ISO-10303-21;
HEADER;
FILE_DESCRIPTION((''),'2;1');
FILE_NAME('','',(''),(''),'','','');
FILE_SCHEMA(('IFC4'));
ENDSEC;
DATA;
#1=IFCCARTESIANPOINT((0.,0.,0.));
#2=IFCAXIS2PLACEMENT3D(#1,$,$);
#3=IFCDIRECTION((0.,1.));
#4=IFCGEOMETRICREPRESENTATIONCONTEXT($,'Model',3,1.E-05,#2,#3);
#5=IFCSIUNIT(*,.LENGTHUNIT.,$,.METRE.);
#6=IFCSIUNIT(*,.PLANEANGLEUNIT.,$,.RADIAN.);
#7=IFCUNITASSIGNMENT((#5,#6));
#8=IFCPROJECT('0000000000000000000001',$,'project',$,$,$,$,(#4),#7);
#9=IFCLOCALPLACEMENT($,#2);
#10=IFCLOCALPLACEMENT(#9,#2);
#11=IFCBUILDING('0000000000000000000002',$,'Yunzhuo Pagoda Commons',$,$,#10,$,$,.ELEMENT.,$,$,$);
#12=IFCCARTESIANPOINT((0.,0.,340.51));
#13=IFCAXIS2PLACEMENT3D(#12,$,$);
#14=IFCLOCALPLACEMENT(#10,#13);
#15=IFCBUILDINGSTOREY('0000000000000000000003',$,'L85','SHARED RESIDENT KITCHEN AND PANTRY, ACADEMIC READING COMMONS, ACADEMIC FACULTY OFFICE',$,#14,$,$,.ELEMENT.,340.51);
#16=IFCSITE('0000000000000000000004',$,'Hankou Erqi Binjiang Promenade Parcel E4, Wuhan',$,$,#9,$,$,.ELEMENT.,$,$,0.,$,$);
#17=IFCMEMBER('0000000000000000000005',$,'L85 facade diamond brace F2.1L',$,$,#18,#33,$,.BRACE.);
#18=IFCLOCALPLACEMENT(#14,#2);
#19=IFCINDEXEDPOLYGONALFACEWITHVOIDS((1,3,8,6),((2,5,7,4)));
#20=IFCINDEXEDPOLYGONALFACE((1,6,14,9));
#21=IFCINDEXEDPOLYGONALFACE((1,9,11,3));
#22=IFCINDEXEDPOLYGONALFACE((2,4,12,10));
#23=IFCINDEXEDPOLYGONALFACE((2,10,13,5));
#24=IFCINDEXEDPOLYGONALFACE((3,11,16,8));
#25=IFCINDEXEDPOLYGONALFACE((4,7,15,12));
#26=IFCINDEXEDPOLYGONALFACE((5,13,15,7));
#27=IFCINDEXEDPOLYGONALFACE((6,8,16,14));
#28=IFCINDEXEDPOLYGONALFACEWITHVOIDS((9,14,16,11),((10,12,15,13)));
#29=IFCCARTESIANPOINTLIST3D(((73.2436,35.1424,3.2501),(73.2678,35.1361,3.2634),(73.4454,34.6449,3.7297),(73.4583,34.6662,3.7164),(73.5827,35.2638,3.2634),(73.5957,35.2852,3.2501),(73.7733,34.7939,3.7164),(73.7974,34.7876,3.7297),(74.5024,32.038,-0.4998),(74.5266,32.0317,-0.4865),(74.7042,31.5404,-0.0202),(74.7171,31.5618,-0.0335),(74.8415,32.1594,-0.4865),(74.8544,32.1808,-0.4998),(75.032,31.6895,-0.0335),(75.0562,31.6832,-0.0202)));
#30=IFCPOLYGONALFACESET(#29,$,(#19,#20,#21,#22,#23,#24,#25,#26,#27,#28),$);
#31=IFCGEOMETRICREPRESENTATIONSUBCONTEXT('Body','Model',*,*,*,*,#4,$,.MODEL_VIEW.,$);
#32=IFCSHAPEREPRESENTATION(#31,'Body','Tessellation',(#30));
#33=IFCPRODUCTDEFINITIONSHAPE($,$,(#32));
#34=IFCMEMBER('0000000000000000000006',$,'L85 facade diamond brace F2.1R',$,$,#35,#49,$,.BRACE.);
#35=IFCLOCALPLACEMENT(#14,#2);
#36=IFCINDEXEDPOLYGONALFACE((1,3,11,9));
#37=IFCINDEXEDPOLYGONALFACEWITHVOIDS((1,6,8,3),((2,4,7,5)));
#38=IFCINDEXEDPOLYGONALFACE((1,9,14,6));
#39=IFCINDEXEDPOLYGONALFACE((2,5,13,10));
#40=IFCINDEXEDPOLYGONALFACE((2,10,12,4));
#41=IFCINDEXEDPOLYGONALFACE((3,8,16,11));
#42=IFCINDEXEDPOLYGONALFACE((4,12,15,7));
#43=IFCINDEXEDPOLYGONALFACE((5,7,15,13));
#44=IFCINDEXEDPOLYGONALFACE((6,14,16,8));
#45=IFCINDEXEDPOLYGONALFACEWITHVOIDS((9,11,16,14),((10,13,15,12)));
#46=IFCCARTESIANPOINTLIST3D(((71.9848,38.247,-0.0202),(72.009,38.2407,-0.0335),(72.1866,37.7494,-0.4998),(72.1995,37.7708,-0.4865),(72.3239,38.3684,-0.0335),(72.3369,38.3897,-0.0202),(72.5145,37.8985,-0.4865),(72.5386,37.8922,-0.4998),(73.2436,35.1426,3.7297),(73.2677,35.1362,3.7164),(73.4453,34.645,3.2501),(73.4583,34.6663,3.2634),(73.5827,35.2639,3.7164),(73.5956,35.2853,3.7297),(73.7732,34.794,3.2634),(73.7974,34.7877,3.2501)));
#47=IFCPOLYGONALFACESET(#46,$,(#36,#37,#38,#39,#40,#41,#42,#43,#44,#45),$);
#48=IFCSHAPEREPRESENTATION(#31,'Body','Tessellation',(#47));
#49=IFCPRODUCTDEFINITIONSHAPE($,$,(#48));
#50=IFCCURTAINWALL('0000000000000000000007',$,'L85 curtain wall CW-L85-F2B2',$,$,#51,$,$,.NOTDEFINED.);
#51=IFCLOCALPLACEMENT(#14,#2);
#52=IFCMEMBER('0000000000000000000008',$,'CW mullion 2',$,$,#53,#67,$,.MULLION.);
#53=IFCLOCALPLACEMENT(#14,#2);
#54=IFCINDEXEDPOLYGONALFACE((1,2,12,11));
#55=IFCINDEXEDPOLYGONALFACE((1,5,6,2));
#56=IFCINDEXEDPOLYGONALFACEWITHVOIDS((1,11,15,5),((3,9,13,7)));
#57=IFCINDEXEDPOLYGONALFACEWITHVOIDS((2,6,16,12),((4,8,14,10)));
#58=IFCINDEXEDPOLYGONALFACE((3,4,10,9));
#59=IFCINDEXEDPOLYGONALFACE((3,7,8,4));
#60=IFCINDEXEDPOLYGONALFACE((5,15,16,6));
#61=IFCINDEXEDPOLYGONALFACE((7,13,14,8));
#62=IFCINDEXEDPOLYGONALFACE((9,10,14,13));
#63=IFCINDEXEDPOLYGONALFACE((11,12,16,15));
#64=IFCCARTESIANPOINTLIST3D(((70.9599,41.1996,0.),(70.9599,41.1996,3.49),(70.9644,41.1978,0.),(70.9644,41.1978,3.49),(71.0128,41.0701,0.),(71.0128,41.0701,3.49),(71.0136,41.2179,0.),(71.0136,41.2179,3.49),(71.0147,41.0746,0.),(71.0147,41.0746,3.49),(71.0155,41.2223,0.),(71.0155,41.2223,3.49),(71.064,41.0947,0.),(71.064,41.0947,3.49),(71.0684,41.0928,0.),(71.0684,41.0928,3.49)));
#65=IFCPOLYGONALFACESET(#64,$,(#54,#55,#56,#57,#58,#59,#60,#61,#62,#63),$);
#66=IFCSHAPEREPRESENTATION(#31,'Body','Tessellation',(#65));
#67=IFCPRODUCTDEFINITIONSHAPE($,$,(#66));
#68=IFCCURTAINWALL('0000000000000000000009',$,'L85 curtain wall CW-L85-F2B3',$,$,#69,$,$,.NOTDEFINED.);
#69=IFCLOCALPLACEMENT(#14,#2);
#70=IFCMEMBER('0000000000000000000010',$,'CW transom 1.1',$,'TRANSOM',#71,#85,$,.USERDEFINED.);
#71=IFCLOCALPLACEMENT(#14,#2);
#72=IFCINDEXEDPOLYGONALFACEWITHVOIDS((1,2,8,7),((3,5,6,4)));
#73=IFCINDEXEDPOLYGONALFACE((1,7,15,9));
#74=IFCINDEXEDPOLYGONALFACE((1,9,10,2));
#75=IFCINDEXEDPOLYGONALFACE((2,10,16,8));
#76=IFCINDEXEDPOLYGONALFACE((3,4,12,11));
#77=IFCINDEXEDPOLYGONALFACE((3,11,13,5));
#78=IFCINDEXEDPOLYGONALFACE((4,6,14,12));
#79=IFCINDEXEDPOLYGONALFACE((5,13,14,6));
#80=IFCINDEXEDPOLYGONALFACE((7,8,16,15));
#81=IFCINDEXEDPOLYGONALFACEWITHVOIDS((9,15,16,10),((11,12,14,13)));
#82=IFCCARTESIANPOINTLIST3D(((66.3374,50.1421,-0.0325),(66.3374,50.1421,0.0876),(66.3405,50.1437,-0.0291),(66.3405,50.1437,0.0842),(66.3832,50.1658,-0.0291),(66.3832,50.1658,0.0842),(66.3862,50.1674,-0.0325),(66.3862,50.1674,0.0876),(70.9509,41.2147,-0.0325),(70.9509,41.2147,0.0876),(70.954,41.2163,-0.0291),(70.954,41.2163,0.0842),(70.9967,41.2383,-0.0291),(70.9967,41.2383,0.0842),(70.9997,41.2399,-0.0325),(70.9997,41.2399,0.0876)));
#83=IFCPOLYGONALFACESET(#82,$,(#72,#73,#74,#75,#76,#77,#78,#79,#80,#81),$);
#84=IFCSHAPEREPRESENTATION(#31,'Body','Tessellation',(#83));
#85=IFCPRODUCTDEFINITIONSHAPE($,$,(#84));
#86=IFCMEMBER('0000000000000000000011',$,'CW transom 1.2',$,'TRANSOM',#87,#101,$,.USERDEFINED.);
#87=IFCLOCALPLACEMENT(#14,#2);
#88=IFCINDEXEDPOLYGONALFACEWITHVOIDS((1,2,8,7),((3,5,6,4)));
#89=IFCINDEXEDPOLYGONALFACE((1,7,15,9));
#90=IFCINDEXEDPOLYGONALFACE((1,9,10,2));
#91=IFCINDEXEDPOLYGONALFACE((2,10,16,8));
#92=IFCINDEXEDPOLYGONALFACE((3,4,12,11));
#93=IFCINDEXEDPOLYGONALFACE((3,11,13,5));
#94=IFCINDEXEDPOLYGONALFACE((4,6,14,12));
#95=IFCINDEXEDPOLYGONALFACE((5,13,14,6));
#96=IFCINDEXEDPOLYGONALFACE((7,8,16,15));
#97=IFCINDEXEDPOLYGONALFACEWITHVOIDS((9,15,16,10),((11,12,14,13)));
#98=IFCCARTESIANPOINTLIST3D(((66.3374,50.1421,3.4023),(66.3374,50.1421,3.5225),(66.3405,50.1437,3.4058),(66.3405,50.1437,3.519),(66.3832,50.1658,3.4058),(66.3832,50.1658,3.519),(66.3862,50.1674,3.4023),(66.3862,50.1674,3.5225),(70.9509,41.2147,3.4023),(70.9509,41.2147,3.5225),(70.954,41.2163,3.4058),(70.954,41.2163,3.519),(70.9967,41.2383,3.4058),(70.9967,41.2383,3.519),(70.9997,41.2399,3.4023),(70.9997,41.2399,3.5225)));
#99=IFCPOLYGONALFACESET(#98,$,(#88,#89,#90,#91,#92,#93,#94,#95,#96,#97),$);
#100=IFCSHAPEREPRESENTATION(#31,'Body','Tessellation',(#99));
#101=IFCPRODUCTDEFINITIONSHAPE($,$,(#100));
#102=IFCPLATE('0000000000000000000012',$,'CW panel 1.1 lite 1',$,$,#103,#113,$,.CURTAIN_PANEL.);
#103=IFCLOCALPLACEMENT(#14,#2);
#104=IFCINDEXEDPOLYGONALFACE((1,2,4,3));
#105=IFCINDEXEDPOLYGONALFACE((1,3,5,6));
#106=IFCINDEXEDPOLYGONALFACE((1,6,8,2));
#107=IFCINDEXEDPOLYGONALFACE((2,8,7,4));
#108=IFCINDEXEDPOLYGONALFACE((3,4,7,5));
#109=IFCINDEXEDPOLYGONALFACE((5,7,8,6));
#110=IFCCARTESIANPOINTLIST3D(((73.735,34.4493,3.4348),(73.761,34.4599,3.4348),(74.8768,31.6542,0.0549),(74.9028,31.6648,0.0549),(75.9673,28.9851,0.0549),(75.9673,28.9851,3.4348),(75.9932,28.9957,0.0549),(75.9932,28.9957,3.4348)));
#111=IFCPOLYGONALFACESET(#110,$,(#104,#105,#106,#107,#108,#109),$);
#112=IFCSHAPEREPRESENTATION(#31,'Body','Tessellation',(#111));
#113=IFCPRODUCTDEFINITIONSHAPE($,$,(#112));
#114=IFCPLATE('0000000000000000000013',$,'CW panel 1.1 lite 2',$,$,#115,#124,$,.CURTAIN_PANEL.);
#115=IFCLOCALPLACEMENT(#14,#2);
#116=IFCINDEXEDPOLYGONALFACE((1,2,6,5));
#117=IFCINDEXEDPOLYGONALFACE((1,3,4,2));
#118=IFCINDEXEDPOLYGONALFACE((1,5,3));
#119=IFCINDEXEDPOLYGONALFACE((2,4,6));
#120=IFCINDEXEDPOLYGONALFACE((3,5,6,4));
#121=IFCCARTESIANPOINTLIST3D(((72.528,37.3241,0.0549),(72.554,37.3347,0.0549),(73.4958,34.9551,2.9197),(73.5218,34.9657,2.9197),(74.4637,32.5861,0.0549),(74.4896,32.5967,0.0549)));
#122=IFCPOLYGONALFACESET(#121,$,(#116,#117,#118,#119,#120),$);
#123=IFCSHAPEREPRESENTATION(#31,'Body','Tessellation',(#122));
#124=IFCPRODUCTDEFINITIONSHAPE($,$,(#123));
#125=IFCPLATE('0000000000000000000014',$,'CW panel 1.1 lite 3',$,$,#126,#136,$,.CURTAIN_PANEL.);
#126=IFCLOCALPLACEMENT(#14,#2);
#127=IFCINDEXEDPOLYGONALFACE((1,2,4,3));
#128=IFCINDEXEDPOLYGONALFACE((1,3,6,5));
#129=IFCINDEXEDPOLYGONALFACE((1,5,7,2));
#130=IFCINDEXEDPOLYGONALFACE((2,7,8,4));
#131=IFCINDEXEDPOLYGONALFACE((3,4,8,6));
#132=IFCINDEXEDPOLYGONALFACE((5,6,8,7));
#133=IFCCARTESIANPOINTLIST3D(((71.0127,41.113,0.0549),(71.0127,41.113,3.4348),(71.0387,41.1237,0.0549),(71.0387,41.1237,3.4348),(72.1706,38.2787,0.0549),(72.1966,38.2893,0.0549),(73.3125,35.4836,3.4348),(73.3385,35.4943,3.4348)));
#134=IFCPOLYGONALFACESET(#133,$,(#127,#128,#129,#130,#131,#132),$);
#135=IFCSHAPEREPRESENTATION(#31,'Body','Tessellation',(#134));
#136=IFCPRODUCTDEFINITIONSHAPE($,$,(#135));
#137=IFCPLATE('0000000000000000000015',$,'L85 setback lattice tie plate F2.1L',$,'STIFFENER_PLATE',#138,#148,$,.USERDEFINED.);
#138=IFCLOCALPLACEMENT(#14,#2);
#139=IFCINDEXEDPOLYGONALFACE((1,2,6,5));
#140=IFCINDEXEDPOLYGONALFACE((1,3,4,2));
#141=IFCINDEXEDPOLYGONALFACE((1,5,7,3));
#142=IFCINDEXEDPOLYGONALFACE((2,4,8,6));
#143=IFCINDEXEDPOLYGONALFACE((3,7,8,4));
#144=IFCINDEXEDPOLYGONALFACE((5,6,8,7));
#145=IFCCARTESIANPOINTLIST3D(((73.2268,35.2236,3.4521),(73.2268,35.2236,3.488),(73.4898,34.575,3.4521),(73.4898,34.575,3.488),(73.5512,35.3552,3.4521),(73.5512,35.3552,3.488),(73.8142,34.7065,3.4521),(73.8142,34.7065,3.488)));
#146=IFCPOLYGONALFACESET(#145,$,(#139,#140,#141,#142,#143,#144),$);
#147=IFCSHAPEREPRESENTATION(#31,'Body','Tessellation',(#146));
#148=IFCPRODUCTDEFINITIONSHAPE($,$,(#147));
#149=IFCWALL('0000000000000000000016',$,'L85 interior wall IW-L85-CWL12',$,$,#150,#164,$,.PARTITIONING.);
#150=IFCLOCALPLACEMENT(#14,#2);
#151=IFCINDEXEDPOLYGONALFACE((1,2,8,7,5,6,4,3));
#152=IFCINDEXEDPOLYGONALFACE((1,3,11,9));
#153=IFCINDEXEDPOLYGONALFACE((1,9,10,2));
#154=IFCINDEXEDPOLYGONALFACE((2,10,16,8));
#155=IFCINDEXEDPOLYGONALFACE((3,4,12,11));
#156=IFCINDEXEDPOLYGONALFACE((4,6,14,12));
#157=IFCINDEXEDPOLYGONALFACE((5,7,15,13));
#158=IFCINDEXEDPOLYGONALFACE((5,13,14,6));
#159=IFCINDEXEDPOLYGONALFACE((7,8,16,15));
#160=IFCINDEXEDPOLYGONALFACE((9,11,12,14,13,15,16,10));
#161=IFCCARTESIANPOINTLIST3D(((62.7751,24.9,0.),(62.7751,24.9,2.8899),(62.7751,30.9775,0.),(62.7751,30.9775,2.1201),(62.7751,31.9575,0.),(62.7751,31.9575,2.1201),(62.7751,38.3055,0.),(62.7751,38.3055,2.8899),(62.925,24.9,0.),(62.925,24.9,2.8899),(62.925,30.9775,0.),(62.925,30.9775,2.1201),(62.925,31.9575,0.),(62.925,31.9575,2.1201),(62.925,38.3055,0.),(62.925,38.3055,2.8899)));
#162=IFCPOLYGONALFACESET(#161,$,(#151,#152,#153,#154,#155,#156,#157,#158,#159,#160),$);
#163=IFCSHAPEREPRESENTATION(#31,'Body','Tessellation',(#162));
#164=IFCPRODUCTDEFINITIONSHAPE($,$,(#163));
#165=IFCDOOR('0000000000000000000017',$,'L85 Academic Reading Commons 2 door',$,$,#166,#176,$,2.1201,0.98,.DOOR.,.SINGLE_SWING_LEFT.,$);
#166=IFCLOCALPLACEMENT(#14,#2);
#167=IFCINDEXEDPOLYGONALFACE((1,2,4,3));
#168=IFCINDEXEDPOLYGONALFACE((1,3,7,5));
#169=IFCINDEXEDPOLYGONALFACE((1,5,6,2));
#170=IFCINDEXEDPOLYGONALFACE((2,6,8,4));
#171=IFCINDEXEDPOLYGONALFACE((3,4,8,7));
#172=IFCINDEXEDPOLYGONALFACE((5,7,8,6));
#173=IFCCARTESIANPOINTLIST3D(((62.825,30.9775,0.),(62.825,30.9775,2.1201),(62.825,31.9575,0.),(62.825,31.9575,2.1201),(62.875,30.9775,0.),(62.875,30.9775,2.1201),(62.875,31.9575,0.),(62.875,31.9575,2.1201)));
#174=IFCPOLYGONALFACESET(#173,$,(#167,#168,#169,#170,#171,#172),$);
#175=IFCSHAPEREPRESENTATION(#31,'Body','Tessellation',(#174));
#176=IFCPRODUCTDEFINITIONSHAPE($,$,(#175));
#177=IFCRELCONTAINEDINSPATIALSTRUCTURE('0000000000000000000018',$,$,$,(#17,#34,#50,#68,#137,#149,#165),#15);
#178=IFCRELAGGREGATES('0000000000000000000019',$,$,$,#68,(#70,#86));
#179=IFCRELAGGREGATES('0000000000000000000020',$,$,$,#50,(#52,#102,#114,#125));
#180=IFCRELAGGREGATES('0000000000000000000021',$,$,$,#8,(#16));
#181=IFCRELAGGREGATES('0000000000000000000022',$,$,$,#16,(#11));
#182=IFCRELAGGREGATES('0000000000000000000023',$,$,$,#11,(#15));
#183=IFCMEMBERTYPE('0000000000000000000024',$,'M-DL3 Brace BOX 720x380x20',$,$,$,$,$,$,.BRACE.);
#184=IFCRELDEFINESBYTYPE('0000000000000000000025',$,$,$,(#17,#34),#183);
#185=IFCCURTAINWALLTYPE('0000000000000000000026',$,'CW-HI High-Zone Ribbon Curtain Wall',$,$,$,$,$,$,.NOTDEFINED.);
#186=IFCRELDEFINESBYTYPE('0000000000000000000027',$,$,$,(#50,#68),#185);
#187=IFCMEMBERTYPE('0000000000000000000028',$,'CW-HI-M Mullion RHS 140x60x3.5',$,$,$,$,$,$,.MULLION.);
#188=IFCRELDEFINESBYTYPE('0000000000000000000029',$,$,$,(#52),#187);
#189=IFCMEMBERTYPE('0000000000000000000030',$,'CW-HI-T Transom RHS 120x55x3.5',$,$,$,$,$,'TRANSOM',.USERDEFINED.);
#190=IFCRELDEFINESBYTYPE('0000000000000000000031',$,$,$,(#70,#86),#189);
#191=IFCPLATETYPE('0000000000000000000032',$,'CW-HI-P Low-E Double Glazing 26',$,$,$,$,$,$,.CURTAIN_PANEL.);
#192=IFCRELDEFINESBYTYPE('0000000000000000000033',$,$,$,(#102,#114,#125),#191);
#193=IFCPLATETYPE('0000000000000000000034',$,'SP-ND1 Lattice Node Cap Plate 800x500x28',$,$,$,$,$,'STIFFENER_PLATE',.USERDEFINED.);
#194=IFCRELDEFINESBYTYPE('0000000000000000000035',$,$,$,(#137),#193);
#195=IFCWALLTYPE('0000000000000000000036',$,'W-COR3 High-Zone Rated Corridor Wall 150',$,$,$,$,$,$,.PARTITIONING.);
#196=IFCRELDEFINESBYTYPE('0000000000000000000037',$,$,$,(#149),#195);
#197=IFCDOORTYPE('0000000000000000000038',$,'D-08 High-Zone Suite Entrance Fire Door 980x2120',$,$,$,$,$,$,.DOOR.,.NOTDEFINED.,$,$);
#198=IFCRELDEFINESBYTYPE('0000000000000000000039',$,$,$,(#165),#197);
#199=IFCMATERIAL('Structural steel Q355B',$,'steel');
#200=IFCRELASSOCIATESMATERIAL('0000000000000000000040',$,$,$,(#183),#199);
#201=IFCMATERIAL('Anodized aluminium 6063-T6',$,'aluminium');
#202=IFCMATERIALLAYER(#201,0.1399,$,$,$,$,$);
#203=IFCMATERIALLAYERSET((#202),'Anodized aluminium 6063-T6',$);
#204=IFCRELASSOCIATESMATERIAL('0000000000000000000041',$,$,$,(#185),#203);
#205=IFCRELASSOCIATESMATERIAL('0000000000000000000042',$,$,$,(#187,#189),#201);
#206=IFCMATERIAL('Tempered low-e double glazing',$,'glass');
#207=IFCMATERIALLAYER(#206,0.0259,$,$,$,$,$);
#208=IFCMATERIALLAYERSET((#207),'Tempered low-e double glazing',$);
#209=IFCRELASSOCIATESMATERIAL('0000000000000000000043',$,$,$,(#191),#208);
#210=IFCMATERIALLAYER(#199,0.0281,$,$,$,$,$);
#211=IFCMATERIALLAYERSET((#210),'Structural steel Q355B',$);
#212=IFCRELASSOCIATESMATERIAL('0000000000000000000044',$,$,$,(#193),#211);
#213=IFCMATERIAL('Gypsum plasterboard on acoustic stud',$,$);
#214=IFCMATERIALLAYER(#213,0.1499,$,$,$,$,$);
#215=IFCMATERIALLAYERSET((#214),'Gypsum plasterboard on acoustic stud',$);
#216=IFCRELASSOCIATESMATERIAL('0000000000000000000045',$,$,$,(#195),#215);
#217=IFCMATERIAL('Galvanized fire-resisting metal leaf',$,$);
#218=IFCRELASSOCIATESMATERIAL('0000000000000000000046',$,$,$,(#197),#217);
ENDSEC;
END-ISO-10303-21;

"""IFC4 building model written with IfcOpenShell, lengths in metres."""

from ifc_helpers import new_model, si_unit, direction, frame, frame_2d, origin, origin_with_axes, origin_2d, place, context, subcontext, project, spatial, polyline, rectangle, hollow_rectangle, outline, extrude, source, transform, mapped, material, layer, layer_set, material_profile, profile_set, type_object, element, fill, aggregate, save


model = new_model("IFC4")

# Units and contexts
model_context = context("Model", 3, precision=1e-05, world=origin(), true_north=direction((0.0, 1.0)))
body_context = subcontext(model_context, "Body", "Model", "MODEL_VIEW")
ifc_project = project(units=[si_unit("LENGTHUNIT", "METRE"), si_unit("PLANEANGLEUNIT", "RADIAN")], contexts=[model_context])

# Site, building, storey
site_placement = place(None, origin())
site = spatial("IfcSite", under=ifc_project, at=site_placement, Name="Hankou Erqi Binjiang Promenade Parcel E4, Wuhan", CompositionType="ELEMENT", RefElevation=0.0)
building_placement = place(site_placement, origin())
building = spatial("IfcBuilding", under=site, at=building_placement, Name="Yunzhuo Pagoda Commons", CompositionType="ELEMENT")
storey_placement = place(building_placement, frame((0.0, 0.0, 340.51)))
storey = spatial("IfcBuildingStorey", under=building, at=storey_placement, Name="L85", Description="SHARED RESIDENT KITCHEN AND PANTRY, ACADEMIC READING COMMONS, ACADEMIC FACULTY OFFICE", CompositionType="ELEMENT", Elevation=340.51)

# Shared definitions
ifc_material_1 = material(Name="Structural steel Q355B", Category="steel")

# Members
ifc_material_profile_1 = material_profile(ifc_material_1, hollow_rectangle(XDim=0.3799, YDim=0.72, WallThickness=0.02, at=origin_2d()), Name="Structural steel Q355B")
ifc_profile_set_1 = profile_set([ifc_material_profile_1], Name="Structural steel Q355B")
member_type_1 = type_object("IfcMemberType", Name="M-DL3 Brace BOX 720x380x20", PredefinedType="BRACE", material=ifc_profile_set_1)
shared_shape_1 = source(origin(), body_context, "Body", "SweptSolid", [
    extrude(hollow_rectangle(XDim=0.3799, YDim=0.72, WallThickness=0.02, at=origin_2d()), origin(), (0.0, 0.0, 1.0), 5.0283),
])
for number, where, z_axis, x_axis, name in (
    (1, (74.7793, 31.8606, -0.26), (-0.250335, 0.61739, 0.745762), (-0.926717, -0.375759, 0.0), "L85 facade diamond brace F2.1L"),
    (2, (72.2617, 38.0696, -0.26), (0.250335, -0.61739, 0.745762), (0.926717, 0.375759, 0.0), "L85 facade diamond brace F2.1R"),
):
    element("IfcMember", number, at=place(storey_placement, frame(where, z_axis=z_axis, x_axis=x_axis)), inside=storey, type_object=member_type_1, Name=name, PredefinedType="BRACE", context=body_context, shape_type="MappedRepresentation", body=[
        mapped(shared_shape_1, transform((0.0, 0.0, 0.0), scale=1.0)),
    ])

# Curtain wall, member
ifc_material_2 = material(Name="Anodized aluminium 6063-T6", Category="aluminium")
ifc_layer_1 = layer(ifc_material_2, 0.1399)
ifc_layer_set_1 = layer_set([ifc_layer_1], Name="Anodized aluminium 6063-T6")
curtain_wall_type = type_object("IfcCurtainWallType", Name="CW-HI High-Zone Ribbon Curtain Wall", PredefinedType="NOTDEFINED", material=ifc_layer_set_1)
curtain_wall_1_placement = place(storey_placement, origin())
curtain_wall_1 = element("IfcCurtainWall", 3, at=curtain_wall_1_placement, inside=storey, type_object=curtain_wall_type, Name="L85 curtain wall CW-L85-F2B2", PredefinedType="NOTDEFINED")
ifc_material_profile_2 = material_profile(ifc_material_2, hollow_rectangle(XDim=0.0601, YDim=0.1399, WallThickness=0.0034, at=origin_2d()), Name="Anodized aluminium 6063-T6")
ifc_profile_set_2 = profile_set([ifc_material_profile_2], Name="Anodized aluminium 6063-T6")
member_type_2 = type_object("IfcMemberType", Name="CW-HI-M Mullion RHS 140x60x3.5", PredefinedType="MULLION", material=ifc_profile_set_2)
shared_shape_2 = source(origin(), body_context, "Body", "SweptSolid", [
    extrude(hollow_rectangle(XDim=0.0601, YDim=0.1399, WallThickness=0.0034, at=origin_2d()), origin(), (0.0, 0.0, 1.0), 3.49),
])
member_1_placement = place(storey_placement, frame((71.0142, 41.1462, 0.0), z_axis=(0.0, 0.0, 1.0), x_axis=(-0.92573, -0.378185, 0.0)))
member_1 = element("IfcMember", 4, at=member_1_placement, type_object=member_type_2, Name="CW mullion 2", PredefinedType="MULLION", context=body_context, shape_type="MappedRepresentation", body=[
    mapped(shared_shape_2, transform((0.0, 0.0, 0.0), scale=1.0)),
])

# Curtain wall, members
curtain_wall_2_placement = place(storey_placement, origin())
curtain_wall_2 = element("IfcCurtainWall", 5, at=curtain_wall_2_placement, inside=storey, type_object=curtain_wall_type, Name="L85 curtain wall CW-L85-F2B3", PredefinedType="NOTDEFINED")
ifc_material_profile_3 = material_profile(ifc_material_2, hollow_rectangle(XDim=0.0549, YDim=0.1201, WallThickness=0.0034, at=origin_2d()), Name="Anodized aluminium 6063-T6")
ifc_profile_set_3 = profile_set([ifc_material_profile_3], Name="Anodized aluminium 6063-T6")
member_type_3 = type_object("IfcMemberType", Name="CW-HI-T Transom RHS 120x55x3.5", ElementType="TRANSOM", PredefinedType="USERDEFINED", material=ifc_profile_set_3)
shared_shape_3 = source(origin(), body_context, "Body", "SweptSolid", [
    extrude(hollow_rectangle(XDim=0.0549, YDim=0.1201, WallThickness=0.0034, at=origin_2d()), origin(), (0.0, 0.0, 1.0), 10.0491),
])
member_2_placement = place(storey_placement, frame((70.9753, 41.2273, 0.0276), z_axis=(-0.459098, 0.888386, 0.0), x_axis=(-0.888386, -0.459098, 0.0)))
member_2 = element("IfcMember", 6, at=member_2_placement, type_object=member_type_3, Name="CW transom 1.1", ObjectType="TRANSOM", PredefinedType="USERDEFINED", context=body_context, shape_type="MappedRepresentation", body=[
    mapped(shared_shape_3, transform((0.0, 0.0, 0.0), scale=1.0)),
])
member_3_placement = place(storey_placement, frame((70.9753, 41.2273, 3.4624), z_axis=(-0.459098, 0.888386, 0.0), x_axis=(-0.888386, -0.459098, 0.0)))
member_3 = element("IfcMember", 7, at=member_3_placement, type_object=member_type_3, Name="CW transom 1.2", ObjectType="TRANSOM", PredefinedType="USERDEFINED", context=body_context, shape_type="MappedRepresentation", body=[
    mapped(shared_shape_3, transform((0.0, 0.0, 0.0), scale=1.0)),
])
aggregate(curtain_wall_2, [member_2, member_3])

# Plates
ifc_material_3 = material(Name="Tempered low-e double glazing", Category="glass")
ifc_layer_2 = layer(ifc_material_3, 0.0259)
ifc_layer_set_2 = layer_set([ifc_layer_2], Name="Tempered low-e double glazing")
plate_type_1 = type_object("IfcPlateType", Name="CW-HI-P Low-E Double Glazing 26", PredefinedType="CURTAIN_PANEL", material=ifc_layer_set_2)
plate_1_placement = place(storey_placement, frame((74.8511, 31.7173, 1.7449), z_axis=(0.92573, 0.378185, 0.0), x_axis=(-0.378185, 0.92573, 0.0)))
plate_1 = element("IfcPlate", 8, at=plate_1_placement, type_object=plate_type_1, Name="CW panel 1.1 lite 1", PredefinedType="CURTAIN_PANEL", context=body_context, shape_type="SweptSolid", body=[
    extrude(outline(polyline([(-2.9514, -1.6899), (-0.0681, -1.6899), (2.9512, 1.6899), (-2.9514, 1.6899), (-2.9514, -1.6899)])), origin(), (0.0, 0.0, 1.0), 0.0281),
])
plate_2_placement = place(storey_placement, frame((73.4958, 34.9551, 1.4873), z_axis=(0.92573, 0.378185, 0.0), x_axis=(-0.378185, 0.92573, 0.0)))
plate_2 = element("IfcPlate", 9, at=plate_2_placement, type_object=plate_type_1, Name="CW panel 1.1 lite 2", PredefinedType="CURTAIN_PANEL", context=body_context, shape_type="SweptSolid", body=[
    extrude(outline(polyline([(-2.5591, -1.4324), (2.5591, -1.4324), (0.0, 1.4324), (-2.5591, -1.4324)])), origin(), (0.0, 0.0, 1.0), 0.0281),
])
plate_3_placement = place(storey_placement, frame((72.1626, 38.2983, 1.7449), z_axis=(0.92573, 0.378185, 0.0), x_axis=(-0.378185, 0.92573, 0.0)))
plate_3 = element("IfcPlate", 10, at=plate_3_placement, type_object=plate_type_1, Name="CW panel 1.1 lite 3", PredefinedType="CURTAIN_PANEL", context=body_context, shape_type="SweptSolid", body=[
    extrude(outline(polyline([(-3.0405, 1.6899), (-0.0212, -1.6899), (3.0405, -1.6899), (3.0405, 1.6899), (-3.0405, 1.6899)])), origin(), (0.0, 0.0, 1.0), 0.0281),
])
aggregate(curtain_wall_1, [member_1, plate_1, plate_2, plate_3])
ifc_layer_3 = layer(ifc_material_1, 0.0281)
ifc_layer_set_3 = layer_set([ifc_layer_3], Name="Structural steel Q355B")
plate_type_2 = type_object("IfcPlateType", Name="SP-ND1 Lattice Node Cap Plate 800x500x28", ElementType="STIFFENER_PLATE", PredefinedType="USERDEFINED", material=ifc_layer_set_3)
shared_shape_4 = source(origin(), body_context, "Body", "SweptSolid", [
    extrude(rectangle(XDim=0.7, YDim=0.3501, at=origin_2d()), origin(), (0.0, 0.0, 1.0), 0.0359),
])
plate_4_placement = place(storey_placement, frame((73.5205, 34.9651, 3.4521), z_axis=(0.0, 0.0, 1.0), x_axis=(-0.375755, 0.926719, 0.0)))
element("IfcPlate", 11, at=plate_4_placement, inside=storey, type_object=plate_type_2, Name="L85 setback lattice tie plate F2.1L", ObjectType="STIFFENER_PLATE", PredefinedType="USERDEFINED", context=body_context, shape_type="MappedRepresentation", body=[
    mapped(shared_shape_4, transform((0.0, 0.0, 0.0), scale=1.0)),
])

# Wall, opening, door
ifc_material_4 = material(Name="Gypsum plasterboard on acoustic stud")
ifc_layer_4 = layer(ifc_material_4, 0.1499)
ifc_layer_set_4 = layer_set([ifc_layer_4], Name="Gypsum plasterboard on acoustic stud")
wall_type_1 = type_object("IfcWallType", Name="W-COR3 High-Zone Rated Corridor Wall 150", PredefinedType="PARTITIONING", material=ifc_layer_set_4)
wall_1_placement = place(storey_placement, frame((62.8501, 38.3054, 0.0), z_axis=(0.0, 0.0, 1.0), x_axis=(0.0, -1.0, 0.0)))
wall_1 = element("IfcWall", 12, at=wall_1_placement, inside=storey, type_object=wall_type_1, Name="L85 interior wall IW-L85-CWL12", PredefinedType="PARTITIONING", context=body_context, shape_type="SweptSolid", body=[
    extrude(rectangle(XDim=13.4055, YDim=0.1499, at=frame_2d((6.7026, 0.0))), origin(), (0.0, 0.0, 1.0), 2.8899),
])
opening_placement = place(wall_1_placement, frame((6.3479, 0.0, 0.0)))
opening = element("IfcOpeningElement", 13, at=opening_placement, cuts=wall_1, PredefinedType="OPENING", context=body_context, shape_type="SweptSolid", body=[
    extrude(rectangle(XDim=0.98, YDim=2.1201, at=frame_2d((0.49, 1.0601))), frame((0.0, 0.085, 0.0), z_axis=(0.0, -1.0, 0.0), x_axis=(1.0, 0.0, 0.0)), (0.0, 0.0, 1.0), 0.1699),
])
ifc_material_5 = material(Name="Galvanized fire-resisting metal leaf")
door_type = type_object("IfcDoorType", Name="D-08 High-Zone Suite Entrance Fire Door 980x2120", OperationType="NOTDEFINED", PredefinedType="DOOR", material=ifc_material_5)
shared_shape_5 = source(origin(), body_context, "Body", "SweptSolid", [
    extrude(rectangle(XDim=0.98, YDim=2.1201, at=frame_2d((0.49, 1.0601))), frame((0.0, 0.0249, 0.0), z_axis=(0.0, -1.0, 0.0), x_axis=(1.0, 0.0, 0.0)), (0.0, 0.0, 1.0), 0.05),
])
door_placement = place(opening_placement, origin_with_axes())
door = element("IfcDoor", 14, at=door_placement, inside=storey, type_object=door_type, Name="L85 Academic Reading Commons 2 door", OperationType="SINGLE_SWING_LEFT", OverallHeight=2.1201, OverallWidth=0.98, PredefinedType="DOOR", context=body_context, shape_type="MappedRepresentation", body=[
    mapped(shared_shape_5, transform((0.0, 0.0, 0.0), scale=1.0)),
])
fill(opening, door)

save(model, "model.ifc")
